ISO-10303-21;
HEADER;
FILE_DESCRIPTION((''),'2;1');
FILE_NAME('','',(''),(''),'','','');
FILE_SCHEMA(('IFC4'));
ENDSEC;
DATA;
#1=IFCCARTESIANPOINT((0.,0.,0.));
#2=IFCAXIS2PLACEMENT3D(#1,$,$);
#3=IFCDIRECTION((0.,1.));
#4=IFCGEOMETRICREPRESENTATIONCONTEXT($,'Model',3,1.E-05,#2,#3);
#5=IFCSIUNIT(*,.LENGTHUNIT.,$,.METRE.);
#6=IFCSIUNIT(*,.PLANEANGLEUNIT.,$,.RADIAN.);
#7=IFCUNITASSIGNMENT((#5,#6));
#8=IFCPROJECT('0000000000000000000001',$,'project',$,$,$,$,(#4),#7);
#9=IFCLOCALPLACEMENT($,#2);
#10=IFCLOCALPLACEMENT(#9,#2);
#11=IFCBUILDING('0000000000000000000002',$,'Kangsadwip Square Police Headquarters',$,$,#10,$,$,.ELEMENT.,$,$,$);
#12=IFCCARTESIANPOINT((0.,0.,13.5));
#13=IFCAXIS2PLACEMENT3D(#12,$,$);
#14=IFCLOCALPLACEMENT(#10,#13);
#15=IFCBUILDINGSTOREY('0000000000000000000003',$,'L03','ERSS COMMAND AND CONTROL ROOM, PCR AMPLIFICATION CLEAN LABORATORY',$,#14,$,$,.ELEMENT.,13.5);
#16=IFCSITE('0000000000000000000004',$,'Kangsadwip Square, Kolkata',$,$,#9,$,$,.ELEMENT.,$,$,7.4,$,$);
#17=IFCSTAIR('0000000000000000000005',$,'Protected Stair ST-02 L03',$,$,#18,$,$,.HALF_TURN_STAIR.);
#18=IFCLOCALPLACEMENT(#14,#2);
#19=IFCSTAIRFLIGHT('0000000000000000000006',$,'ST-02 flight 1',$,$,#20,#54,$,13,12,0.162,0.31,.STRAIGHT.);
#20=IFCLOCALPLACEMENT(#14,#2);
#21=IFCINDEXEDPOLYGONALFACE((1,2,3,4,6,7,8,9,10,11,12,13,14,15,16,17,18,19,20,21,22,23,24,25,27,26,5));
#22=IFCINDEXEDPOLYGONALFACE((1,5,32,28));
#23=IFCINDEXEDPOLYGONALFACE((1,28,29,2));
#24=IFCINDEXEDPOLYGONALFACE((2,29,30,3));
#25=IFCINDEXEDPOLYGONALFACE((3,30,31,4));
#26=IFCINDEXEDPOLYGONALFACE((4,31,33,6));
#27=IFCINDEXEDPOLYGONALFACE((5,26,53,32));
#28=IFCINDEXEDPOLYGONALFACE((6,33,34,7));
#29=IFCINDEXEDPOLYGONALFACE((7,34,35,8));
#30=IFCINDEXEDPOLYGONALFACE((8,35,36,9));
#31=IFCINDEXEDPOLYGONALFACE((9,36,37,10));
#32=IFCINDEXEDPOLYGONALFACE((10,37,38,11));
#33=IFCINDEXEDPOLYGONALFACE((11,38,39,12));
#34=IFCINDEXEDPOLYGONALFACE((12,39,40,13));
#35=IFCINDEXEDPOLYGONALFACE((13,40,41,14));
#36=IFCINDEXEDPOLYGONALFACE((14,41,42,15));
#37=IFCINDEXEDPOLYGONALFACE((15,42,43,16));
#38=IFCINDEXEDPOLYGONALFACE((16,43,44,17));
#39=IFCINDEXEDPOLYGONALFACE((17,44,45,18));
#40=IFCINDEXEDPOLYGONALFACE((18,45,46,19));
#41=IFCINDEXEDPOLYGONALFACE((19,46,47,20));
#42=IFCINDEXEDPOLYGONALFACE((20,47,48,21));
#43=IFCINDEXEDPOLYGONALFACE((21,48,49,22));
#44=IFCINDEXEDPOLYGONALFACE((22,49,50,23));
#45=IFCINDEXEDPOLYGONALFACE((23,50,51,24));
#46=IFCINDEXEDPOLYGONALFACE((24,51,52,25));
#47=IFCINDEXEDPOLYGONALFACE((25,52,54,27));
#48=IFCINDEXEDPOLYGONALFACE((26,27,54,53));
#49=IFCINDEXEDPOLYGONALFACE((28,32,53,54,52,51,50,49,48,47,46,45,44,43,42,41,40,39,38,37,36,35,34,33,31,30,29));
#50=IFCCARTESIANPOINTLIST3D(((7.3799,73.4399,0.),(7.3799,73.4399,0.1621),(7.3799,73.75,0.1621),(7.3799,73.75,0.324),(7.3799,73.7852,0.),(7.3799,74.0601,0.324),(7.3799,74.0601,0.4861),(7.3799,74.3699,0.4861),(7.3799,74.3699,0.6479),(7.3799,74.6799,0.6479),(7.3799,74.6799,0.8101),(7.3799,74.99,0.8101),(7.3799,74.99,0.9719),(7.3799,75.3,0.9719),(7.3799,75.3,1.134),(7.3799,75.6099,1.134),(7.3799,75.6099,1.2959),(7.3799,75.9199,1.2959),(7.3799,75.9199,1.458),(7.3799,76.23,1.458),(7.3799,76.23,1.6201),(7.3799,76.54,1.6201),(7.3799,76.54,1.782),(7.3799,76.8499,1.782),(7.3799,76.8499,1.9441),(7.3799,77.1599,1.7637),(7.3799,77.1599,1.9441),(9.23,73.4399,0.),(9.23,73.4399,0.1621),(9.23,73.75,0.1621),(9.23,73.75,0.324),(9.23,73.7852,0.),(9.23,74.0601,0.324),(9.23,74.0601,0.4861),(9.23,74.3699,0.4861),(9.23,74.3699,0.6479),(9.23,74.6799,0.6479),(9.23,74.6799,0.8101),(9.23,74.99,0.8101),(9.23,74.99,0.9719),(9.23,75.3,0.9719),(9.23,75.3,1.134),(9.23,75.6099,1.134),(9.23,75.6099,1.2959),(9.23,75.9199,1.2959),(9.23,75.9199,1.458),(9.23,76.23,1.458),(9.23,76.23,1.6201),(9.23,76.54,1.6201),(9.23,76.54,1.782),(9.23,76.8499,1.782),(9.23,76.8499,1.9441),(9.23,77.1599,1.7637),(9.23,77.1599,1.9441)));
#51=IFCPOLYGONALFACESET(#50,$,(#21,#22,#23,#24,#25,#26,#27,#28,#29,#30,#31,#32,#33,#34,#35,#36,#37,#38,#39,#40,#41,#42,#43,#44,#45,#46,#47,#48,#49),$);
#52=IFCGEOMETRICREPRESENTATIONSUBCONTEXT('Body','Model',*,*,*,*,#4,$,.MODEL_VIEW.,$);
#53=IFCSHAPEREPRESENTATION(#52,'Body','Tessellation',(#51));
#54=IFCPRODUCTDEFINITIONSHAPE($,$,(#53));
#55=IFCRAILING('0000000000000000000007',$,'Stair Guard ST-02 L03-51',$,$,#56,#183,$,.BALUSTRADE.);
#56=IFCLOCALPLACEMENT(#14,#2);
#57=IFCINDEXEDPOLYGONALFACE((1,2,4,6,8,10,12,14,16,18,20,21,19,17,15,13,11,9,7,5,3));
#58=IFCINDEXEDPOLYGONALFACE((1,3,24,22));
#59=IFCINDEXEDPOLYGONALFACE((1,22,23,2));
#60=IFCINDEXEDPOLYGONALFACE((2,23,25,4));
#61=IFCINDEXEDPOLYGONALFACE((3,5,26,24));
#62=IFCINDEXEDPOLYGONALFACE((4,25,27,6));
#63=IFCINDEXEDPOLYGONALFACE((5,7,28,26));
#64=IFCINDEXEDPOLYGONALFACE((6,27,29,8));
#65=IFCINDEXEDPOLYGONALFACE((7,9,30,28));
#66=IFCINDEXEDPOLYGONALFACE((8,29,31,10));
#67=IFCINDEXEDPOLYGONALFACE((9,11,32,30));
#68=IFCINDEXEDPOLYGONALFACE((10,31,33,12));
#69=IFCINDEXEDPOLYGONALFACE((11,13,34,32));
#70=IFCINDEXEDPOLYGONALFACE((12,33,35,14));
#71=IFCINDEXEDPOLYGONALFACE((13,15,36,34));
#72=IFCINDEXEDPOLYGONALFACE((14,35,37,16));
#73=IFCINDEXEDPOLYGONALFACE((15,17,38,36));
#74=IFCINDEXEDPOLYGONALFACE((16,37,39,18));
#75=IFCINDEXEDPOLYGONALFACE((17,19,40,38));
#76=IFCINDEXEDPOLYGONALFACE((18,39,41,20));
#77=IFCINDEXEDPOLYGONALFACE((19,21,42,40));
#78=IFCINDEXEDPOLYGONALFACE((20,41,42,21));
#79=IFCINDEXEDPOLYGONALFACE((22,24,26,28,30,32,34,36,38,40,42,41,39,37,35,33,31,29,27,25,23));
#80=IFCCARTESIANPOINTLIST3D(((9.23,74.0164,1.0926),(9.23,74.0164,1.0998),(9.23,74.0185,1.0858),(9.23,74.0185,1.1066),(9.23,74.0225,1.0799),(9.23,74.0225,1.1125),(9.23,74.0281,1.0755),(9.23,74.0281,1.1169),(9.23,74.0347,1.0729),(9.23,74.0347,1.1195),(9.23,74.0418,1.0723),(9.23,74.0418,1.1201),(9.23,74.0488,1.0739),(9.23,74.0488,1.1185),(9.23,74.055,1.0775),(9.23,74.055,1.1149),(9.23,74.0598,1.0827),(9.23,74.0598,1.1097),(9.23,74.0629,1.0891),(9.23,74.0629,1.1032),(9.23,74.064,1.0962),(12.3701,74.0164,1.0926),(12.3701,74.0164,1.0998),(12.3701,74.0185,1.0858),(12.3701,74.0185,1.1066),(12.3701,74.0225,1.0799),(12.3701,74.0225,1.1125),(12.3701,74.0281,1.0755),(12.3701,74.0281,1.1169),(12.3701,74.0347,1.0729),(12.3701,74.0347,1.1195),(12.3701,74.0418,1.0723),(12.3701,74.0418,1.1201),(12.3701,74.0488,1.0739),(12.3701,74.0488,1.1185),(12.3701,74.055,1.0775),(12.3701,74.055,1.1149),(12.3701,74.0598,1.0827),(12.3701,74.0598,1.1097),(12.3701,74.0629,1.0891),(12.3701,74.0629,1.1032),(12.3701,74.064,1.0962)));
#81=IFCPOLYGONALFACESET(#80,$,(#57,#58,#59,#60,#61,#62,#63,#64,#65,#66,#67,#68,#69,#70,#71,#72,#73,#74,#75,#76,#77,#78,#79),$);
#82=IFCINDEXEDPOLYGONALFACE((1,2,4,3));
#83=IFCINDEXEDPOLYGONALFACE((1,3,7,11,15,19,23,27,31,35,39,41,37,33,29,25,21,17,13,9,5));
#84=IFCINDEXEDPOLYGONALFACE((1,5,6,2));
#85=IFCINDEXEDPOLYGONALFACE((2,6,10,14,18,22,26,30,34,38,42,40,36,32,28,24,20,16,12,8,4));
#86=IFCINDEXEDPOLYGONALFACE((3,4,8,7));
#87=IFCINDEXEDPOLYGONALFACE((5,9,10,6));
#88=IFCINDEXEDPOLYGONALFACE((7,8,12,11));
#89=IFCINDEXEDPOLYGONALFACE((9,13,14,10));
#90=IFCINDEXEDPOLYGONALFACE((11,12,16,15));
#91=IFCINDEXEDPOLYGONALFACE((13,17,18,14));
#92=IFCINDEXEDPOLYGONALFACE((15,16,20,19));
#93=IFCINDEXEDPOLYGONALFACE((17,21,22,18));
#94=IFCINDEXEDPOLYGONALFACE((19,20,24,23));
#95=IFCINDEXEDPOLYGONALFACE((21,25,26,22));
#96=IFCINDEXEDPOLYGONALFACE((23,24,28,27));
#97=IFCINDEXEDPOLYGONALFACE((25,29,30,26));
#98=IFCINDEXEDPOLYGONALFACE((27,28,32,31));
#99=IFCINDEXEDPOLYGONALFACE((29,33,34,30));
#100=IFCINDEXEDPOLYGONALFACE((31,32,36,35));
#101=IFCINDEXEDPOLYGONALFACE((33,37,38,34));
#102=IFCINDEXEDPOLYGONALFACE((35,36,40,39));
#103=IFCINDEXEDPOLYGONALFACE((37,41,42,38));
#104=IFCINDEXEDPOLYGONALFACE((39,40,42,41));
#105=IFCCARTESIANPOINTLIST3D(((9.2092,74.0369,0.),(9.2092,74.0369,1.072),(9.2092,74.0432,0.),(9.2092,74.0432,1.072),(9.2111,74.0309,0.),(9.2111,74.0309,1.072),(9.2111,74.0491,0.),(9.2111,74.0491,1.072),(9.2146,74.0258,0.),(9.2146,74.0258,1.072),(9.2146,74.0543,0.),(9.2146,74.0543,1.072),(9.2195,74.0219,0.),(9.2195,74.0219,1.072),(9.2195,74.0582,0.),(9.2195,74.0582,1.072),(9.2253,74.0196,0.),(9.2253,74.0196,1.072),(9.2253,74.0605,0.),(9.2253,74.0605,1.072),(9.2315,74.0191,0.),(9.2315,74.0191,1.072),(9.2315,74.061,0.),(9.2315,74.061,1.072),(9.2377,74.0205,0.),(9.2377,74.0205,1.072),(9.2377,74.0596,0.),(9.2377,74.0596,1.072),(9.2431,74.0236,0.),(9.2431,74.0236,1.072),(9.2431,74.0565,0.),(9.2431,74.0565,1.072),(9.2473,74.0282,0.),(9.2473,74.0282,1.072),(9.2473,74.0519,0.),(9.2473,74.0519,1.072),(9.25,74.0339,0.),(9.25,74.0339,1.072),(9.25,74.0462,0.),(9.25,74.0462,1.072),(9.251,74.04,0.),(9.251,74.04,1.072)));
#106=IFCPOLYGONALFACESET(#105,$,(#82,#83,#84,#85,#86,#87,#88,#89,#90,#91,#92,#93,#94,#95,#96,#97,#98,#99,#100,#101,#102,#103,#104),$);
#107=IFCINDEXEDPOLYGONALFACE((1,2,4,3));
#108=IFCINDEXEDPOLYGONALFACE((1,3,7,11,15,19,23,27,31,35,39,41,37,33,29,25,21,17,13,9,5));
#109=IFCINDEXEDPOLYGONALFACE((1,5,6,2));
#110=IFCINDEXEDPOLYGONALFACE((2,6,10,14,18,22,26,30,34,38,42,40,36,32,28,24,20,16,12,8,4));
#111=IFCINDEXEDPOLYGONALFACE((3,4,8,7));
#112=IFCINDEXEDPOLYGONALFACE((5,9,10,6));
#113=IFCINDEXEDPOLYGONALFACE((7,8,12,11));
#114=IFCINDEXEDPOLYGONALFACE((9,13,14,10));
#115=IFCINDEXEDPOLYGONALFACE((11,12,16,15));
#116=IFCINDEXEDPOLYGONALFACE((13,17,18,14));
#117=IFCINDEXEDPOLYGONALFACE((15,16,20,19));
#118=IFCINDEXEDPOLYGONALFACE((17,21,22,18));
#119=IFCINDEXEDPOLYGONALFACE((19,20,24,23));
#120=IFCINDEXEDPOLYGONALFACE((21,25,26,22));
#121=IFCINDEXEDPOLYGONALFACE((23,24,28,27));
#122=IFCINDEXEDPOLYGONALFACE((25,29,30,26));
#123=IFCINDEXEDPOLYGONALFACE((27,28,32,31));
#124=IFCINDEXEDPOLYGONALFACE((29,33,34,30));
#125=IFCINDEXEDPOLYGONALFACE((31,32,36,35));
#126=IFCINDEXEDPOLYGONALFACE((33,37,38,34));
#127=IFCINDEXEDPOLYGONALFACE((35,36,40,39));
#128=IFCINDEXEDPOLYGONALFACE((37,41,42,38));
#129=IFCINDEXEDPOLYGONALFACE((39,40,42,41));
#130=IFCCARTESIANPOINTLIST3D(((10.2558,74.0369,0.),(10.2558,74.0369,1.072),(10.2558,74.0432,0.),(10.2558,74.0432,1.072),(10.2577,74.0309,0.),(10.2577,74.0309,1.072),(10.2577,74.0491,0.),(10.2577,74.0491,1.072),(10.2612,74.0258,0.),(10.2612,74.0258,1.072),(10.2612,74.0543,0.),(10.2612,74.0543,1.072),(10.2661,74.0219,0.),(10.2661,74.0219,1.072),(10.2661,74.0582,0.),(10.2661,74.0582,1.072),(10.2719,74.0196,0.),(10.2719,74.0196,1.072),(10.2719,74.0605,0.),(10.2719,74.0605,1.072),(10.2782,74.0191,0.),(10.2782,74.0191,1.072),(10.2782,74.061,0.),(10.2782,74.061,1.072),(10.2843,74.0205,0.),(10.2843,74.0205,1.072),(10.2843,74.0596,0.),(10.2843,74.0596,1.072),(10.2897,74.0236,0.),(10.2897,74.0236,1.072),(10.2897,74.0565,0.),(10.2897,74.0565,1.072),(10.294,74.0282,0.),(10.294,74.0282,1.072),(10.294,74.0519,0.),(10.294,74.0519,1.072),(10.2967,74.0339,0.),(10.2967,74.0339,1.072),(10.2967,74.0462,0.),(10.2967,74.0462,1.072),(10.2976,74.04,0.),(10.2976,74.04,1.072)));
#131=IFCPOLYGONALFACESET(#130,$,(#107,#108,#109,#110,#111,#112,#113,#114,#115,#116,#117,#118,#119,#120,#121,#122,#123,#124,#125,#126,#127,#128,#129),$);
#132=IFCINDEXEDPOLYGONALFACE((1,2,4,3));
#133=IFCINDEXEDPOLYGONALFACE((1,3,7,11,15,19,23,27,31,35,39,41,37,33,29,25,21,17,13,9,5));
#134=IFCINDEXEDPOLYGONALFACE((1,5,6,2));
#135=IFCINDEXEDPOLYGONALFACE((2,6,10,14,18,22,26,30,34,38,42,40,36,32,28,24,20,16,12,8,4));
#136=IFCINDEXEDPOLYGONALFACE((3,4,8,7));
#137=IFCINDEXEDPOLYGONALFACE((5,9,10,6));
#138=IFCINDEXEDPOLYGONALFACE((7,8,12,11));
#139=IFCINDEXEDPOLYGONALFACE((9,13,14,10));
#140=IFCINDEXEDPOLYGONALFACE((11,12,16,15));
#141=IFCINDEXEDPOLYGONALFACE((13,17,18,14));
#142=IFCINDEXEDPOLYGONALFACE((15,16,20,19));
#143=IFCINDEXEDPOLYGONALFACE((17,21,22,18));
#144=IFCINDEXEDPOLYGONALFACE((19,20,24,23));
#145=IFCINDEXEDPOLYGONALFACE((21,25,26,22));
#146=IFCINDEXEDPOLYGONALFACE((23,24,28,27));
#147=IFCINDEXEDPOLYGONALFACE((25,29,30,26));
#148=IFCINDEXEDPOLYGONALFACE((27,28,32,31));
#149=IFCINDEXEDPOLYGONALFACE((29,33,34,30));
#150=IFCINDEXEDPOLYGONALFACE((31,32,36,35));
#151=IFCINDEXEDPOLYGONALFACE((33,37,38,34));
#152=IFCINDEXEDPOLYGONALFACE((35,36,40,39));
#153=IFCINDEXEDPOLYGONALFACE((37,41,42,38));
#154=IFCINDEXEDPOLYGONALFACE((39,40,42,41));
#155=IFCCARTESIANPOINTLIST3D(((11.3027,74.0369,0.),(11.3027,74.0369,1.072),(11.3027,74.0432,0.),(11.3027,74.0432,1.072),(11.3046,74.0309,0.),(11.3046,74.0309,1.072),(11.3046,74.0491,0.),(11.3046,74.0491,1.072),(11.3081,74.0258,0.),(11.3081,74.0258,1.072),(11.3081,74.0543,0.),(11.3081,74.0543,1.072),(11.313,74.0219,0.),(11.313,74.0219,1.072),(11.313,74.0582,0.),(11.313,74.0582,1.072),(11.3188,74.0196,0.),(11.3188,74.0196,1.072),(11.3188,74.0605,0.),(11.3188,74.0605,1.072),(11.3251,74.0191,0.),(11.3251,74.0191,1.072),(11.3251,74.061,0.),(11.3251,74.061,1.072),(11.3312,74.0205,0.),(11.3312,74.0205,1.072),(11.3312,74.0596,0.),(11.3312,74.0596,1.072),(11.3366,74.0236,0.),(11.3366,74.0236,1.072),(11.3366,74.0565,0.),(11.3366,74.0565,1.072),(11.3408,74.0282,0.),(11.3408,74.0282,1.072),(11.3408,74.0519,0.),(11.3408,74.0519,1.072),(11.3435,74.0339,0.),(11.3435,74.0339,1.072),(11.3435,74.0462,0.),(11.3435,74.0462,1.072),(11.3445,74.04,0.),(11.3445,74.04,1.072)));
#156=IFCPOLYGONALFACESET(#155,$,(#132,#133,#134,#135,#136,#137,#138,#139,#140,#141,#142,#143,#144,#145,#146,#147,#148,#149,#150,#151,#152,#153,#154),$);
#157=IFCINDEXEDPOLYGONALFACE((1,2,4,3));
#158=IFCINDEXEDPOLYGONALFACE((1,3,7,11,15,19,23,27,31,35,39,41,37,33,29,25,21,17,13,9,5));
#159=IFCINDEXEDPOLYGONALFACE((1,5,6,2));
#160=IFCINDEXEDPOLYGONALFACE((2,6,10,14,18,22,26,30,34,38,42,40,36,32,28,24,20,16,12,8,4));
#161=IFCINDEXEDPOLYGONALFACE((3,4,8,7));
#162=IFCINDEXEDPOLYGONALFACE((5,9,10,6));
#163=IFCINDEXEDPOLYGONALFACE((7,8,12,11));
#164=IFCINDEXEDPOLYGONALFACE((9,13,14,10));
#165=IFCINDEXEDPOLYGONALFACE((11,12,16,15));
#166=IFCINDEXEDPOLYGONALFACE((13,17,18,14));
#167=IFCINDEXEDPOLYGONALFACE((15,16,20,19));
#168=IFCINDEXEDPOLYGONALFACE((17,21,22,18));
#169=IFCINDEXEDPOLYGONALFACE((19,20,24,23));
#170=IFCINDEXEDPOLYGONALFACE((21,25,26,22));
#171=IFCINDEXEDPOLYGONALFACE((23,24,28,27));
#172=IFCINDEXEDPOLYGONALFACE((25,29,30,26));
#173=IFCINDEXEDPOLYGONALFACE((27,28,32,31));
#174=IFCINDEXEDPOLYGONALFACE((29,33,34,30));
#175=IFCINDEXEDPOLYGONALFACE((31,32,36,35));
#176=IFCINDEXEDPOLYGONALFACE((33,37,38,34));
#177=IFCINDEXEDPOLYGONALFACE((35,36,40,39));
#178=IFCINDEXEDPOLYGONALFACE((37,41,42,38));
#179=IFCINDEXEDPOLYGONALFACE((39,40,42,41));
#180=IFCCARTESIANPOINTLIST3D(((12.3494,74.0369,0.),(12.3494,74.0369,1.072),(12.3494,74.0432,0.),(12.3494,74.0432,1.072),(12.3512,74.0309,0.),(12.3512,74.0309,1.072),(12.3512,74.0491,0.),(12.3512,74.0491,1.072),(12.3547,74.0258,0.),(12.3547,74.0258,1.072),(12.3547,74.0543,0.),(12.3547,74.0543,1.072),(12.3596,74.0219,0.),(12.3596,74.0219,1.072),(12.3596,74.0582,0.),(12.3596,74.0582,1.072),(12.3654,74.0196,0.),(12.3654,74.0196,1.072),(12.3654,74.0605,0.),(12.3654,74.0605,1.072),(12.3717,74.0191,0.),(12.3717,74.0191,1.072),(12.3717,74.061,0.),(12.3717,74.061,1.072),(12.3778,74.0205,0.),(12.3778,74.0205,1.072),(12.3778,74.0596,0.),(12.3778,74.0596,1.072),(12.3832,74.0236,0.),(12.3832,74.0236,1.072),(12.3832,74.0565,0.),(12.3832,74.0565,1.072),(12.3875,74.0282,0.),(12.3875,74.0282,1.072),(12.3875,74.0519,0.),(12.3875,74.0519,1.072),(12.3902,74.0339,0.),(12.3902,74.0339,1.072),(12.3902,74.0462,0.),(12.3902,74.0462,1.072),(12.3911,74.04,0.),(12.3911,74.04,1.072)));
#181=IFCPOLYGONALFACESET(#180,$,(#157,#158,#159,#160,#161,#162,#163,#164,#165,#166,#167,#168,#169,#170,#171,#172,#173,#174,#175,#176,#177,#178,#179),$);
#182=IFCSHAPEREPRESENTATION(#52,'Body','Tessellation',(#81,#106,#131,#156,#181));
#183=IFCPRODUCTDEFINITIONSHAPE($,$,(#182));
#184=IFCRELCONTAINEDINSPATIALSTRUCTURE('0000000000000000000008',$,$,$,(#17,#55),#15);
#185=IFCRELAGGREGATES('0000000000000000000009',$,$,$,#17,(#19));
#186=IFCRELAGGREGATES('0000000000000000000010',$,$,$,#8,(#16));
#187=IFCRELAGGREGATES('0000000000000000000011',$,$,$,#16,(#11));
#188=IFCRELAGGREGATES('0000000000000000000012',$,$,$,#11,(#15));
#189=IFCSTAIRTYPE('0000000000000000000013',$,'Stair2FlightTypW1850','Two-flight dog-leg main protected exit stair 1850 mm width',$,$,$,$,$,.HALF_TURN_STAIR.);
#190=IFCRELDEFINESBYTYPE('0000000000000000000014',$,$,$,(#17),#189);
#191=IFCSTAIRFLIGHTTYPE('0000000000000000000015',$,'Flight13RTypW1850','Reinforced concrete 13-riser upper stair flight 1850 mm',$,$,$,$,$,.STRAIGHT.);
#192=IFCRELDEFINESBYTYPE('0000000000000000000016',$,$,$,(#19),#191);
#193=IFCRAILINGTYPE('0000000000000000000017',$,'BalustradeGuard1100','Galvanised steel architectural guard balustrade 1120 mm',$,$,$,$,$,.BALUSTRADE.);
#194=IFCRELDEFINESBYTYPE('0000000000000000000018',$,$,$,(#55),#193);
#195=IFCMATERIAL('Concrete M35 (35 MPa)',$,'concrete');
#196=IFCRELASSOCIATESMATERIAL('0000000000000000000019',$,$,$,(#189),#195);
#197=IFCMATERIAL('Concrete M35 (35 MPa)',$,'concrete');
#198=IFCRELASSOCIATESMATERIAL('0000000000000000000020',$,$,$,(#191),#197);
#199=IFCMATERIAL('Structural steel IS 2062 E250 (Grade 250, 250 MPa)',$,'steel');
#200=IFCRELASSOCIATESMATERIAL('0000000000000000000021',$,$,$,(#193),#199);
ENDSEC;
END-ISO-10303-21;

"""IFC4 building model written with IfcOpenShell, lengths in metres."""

from ifc_helpers import new_model, si_unit, direction, frame, origin, origin_2d, place, context, subcontext, project, spatial, polyline, circle, outline, extrude, material, type_object, element, aggregate, save


model = new_model("IFC4")

# Units and contexts
model_context = context("Model", 3, precision=1e-05, world=origin(), true_north=direction((0.0, 1.0)))
body_context = subcontext(model_context, "Body", "Model", "MODEL_VIEW")
ifc_project = project(units=[si_unit("LENGTHUNIT", "METRE"), si_unit("PLANEANGLEUNIT", "RADIAN")], contexts=[model_context])

# Site, building, storey
site_placement = place(None, origin())
site = spatial("IfcSite", under=ifc_project, at=site_placement, Name="Kangsadwip Square, Kolkata", CompositionType="ELEMENT", RefElevation=7.4)
building_placement = place(site_placement, origin())
building = spatial("IfcBuilding", under=site, at=building_placement, Name="Kangsadwip Square Police Headquarters", CompositionType="ELEMENT")
storey_placement = place(building_placement, frame((0.0, 0.0, 13.5)))
storey = spatial("IfcBuildingStorey", under=building, at=storey_placement, Name="L03", Description="ERSS COMMAND AND CONTROL ROOM, PCR AMPLIFICATION CLEAN LABORATORY", CompositionType="ELEMENT", Elevation=13.5)

# Stair, stair flight
ifc_material_1 = material(Name="Concrete M35 (35 MPa)", Category="concrete")
stair_type = type_object("IfcStairType", Name="Stair2FlightTypW1850", Description="Two-flight dog-leg main protected exit stair 1850 mm width", PredefinedType="HALF_TURN_STAIR", material=ifc_material_1)
stair_placement = place(storey_placement, origin())
stair = element("IfcStair", 1, at=stair_placement, inside=storey, type_object=stair_type, Name="Protected Stair ST-02 L03", PredefinedType="HALF_TURN_STAIR")
ifc_material_2 = material(Name="Concrete M35 (35 MPa)", Category="concrete")
stair_flight_type = type_object("IfcStairFlightType", Name="Flight13RTypW1850", Description="Reinforced concrete 13-riser upper stair flight 1850 mm", PredefinedType="STRAIGHT", material=ifc_material_2)
stair_flight_placement = place(storey_placement, frame((8.3049, 73.4399, 0.0), z_axis=(0.0, 0.0, 1.0), x_axis=(0.0, 1.0, 0.0)))
stair_flight = element("IfcStairFlight", 2, at=stair_flight_placement, type_object=stair_flight_type, Name="ST-02 flight 1", NumberOfRisers=13, NumberOfTreads=12, PredefinedType="STRAIGHT", RiserHeight=0.162, TreadLength=0.31, context=body_context, shape_type="SweptSolid", body=[
    extrude(outline(polyline([(0.0, 0.0), (0.0, 0.1621), (0.3101, 0.1621), (0.3101, 0.324), (0.6201, 0.324), (0.6201, 0.4861), (0.9299, 0.4861), (0.9299, 0.6479), (1.24, 0.6479), (1.24, 0.8101), (1.55, 0.8101), (1.55, 0.9719), (1.8601, 0.9719), (1.8601, 1.134), (2.1699, 1.134), (2.1699, 1.2959), (2.48, 1.2959), (2.48, 1.458), (2.79, 1.458), (2.79, 1.6201), (3.1001, 1.6201), (3.1001, 1.782), (3.4099, 1.782), (3.4099, 1.9441), (3.72, 1.9441), (3.72, 2.106), (3.72, 1.7637), (0.3452, 0.0), (0.0, 0.0)])), frame((0.0, 0.925, 0.0), z_axis=(0.0, -1.0, 0.0), x_axis=(1.0, 0.0, 0.0)), (0.0, 0.0, 1.0), 1.8501),
])
aggregate(stair, [stair_flight])

# Railing
ifc_material_3 = material(Name="Structural steel IS 2062 E250 (Grade 250, 250 MPa)", Category="steel")
railing_type_1 = type_object("IfcRailingType", Name="BalustradeGuard1100", Description="Galvanised steel architectural guard balustrade 1120 mm", PredefinedType="BALUSTRADE", material=ifc_material_3)
for number, where, name in (
    (3, (9.23, 74.04, 0.0), "Stair Guard ST-02 L03-51"),
):
    element("IfcRailing", number, at=place(storey_placement, frame(where)), inside=storey, type_object=railing_type_1, Name=name, PredefinedType="BALUSTRADE", context=body_context, shape_type="SweptSolid", body=[
        extrude(circle(Radius=0.0239, at=origin_2d()), frame((0.0, 0.0, 1.0962), z_axis=(1.0, 0.0, 0.0), x_axis=(0.0, 1.0, 0.0)), (0.0, 0.0, 1.0), 3.1401),
        extrude(circle(Radius=0.021, at=origin_2d()), origin(), (0.0, 0.0, 1.0), 1.072),
        extrude(circle(Radius=0.021, at=origin_2d()), frame((1.0466, 0.0, 0.0)), (0.0, 0.0, 1.0), 1.072),
        extrude(circle(Radius=0.021, at=origin_2d()), frame((2.0935, 0.0, 0.0)), (0.0, 0.0, 1.0), 1.072),
        extrude(circle(Radius=0.021, at=origin_2d()), frame((3.1401, 0.0, 0.0)), (0.0, 0.0, 1.0), 1.072),
    ])

save(model, "model.ifc")
